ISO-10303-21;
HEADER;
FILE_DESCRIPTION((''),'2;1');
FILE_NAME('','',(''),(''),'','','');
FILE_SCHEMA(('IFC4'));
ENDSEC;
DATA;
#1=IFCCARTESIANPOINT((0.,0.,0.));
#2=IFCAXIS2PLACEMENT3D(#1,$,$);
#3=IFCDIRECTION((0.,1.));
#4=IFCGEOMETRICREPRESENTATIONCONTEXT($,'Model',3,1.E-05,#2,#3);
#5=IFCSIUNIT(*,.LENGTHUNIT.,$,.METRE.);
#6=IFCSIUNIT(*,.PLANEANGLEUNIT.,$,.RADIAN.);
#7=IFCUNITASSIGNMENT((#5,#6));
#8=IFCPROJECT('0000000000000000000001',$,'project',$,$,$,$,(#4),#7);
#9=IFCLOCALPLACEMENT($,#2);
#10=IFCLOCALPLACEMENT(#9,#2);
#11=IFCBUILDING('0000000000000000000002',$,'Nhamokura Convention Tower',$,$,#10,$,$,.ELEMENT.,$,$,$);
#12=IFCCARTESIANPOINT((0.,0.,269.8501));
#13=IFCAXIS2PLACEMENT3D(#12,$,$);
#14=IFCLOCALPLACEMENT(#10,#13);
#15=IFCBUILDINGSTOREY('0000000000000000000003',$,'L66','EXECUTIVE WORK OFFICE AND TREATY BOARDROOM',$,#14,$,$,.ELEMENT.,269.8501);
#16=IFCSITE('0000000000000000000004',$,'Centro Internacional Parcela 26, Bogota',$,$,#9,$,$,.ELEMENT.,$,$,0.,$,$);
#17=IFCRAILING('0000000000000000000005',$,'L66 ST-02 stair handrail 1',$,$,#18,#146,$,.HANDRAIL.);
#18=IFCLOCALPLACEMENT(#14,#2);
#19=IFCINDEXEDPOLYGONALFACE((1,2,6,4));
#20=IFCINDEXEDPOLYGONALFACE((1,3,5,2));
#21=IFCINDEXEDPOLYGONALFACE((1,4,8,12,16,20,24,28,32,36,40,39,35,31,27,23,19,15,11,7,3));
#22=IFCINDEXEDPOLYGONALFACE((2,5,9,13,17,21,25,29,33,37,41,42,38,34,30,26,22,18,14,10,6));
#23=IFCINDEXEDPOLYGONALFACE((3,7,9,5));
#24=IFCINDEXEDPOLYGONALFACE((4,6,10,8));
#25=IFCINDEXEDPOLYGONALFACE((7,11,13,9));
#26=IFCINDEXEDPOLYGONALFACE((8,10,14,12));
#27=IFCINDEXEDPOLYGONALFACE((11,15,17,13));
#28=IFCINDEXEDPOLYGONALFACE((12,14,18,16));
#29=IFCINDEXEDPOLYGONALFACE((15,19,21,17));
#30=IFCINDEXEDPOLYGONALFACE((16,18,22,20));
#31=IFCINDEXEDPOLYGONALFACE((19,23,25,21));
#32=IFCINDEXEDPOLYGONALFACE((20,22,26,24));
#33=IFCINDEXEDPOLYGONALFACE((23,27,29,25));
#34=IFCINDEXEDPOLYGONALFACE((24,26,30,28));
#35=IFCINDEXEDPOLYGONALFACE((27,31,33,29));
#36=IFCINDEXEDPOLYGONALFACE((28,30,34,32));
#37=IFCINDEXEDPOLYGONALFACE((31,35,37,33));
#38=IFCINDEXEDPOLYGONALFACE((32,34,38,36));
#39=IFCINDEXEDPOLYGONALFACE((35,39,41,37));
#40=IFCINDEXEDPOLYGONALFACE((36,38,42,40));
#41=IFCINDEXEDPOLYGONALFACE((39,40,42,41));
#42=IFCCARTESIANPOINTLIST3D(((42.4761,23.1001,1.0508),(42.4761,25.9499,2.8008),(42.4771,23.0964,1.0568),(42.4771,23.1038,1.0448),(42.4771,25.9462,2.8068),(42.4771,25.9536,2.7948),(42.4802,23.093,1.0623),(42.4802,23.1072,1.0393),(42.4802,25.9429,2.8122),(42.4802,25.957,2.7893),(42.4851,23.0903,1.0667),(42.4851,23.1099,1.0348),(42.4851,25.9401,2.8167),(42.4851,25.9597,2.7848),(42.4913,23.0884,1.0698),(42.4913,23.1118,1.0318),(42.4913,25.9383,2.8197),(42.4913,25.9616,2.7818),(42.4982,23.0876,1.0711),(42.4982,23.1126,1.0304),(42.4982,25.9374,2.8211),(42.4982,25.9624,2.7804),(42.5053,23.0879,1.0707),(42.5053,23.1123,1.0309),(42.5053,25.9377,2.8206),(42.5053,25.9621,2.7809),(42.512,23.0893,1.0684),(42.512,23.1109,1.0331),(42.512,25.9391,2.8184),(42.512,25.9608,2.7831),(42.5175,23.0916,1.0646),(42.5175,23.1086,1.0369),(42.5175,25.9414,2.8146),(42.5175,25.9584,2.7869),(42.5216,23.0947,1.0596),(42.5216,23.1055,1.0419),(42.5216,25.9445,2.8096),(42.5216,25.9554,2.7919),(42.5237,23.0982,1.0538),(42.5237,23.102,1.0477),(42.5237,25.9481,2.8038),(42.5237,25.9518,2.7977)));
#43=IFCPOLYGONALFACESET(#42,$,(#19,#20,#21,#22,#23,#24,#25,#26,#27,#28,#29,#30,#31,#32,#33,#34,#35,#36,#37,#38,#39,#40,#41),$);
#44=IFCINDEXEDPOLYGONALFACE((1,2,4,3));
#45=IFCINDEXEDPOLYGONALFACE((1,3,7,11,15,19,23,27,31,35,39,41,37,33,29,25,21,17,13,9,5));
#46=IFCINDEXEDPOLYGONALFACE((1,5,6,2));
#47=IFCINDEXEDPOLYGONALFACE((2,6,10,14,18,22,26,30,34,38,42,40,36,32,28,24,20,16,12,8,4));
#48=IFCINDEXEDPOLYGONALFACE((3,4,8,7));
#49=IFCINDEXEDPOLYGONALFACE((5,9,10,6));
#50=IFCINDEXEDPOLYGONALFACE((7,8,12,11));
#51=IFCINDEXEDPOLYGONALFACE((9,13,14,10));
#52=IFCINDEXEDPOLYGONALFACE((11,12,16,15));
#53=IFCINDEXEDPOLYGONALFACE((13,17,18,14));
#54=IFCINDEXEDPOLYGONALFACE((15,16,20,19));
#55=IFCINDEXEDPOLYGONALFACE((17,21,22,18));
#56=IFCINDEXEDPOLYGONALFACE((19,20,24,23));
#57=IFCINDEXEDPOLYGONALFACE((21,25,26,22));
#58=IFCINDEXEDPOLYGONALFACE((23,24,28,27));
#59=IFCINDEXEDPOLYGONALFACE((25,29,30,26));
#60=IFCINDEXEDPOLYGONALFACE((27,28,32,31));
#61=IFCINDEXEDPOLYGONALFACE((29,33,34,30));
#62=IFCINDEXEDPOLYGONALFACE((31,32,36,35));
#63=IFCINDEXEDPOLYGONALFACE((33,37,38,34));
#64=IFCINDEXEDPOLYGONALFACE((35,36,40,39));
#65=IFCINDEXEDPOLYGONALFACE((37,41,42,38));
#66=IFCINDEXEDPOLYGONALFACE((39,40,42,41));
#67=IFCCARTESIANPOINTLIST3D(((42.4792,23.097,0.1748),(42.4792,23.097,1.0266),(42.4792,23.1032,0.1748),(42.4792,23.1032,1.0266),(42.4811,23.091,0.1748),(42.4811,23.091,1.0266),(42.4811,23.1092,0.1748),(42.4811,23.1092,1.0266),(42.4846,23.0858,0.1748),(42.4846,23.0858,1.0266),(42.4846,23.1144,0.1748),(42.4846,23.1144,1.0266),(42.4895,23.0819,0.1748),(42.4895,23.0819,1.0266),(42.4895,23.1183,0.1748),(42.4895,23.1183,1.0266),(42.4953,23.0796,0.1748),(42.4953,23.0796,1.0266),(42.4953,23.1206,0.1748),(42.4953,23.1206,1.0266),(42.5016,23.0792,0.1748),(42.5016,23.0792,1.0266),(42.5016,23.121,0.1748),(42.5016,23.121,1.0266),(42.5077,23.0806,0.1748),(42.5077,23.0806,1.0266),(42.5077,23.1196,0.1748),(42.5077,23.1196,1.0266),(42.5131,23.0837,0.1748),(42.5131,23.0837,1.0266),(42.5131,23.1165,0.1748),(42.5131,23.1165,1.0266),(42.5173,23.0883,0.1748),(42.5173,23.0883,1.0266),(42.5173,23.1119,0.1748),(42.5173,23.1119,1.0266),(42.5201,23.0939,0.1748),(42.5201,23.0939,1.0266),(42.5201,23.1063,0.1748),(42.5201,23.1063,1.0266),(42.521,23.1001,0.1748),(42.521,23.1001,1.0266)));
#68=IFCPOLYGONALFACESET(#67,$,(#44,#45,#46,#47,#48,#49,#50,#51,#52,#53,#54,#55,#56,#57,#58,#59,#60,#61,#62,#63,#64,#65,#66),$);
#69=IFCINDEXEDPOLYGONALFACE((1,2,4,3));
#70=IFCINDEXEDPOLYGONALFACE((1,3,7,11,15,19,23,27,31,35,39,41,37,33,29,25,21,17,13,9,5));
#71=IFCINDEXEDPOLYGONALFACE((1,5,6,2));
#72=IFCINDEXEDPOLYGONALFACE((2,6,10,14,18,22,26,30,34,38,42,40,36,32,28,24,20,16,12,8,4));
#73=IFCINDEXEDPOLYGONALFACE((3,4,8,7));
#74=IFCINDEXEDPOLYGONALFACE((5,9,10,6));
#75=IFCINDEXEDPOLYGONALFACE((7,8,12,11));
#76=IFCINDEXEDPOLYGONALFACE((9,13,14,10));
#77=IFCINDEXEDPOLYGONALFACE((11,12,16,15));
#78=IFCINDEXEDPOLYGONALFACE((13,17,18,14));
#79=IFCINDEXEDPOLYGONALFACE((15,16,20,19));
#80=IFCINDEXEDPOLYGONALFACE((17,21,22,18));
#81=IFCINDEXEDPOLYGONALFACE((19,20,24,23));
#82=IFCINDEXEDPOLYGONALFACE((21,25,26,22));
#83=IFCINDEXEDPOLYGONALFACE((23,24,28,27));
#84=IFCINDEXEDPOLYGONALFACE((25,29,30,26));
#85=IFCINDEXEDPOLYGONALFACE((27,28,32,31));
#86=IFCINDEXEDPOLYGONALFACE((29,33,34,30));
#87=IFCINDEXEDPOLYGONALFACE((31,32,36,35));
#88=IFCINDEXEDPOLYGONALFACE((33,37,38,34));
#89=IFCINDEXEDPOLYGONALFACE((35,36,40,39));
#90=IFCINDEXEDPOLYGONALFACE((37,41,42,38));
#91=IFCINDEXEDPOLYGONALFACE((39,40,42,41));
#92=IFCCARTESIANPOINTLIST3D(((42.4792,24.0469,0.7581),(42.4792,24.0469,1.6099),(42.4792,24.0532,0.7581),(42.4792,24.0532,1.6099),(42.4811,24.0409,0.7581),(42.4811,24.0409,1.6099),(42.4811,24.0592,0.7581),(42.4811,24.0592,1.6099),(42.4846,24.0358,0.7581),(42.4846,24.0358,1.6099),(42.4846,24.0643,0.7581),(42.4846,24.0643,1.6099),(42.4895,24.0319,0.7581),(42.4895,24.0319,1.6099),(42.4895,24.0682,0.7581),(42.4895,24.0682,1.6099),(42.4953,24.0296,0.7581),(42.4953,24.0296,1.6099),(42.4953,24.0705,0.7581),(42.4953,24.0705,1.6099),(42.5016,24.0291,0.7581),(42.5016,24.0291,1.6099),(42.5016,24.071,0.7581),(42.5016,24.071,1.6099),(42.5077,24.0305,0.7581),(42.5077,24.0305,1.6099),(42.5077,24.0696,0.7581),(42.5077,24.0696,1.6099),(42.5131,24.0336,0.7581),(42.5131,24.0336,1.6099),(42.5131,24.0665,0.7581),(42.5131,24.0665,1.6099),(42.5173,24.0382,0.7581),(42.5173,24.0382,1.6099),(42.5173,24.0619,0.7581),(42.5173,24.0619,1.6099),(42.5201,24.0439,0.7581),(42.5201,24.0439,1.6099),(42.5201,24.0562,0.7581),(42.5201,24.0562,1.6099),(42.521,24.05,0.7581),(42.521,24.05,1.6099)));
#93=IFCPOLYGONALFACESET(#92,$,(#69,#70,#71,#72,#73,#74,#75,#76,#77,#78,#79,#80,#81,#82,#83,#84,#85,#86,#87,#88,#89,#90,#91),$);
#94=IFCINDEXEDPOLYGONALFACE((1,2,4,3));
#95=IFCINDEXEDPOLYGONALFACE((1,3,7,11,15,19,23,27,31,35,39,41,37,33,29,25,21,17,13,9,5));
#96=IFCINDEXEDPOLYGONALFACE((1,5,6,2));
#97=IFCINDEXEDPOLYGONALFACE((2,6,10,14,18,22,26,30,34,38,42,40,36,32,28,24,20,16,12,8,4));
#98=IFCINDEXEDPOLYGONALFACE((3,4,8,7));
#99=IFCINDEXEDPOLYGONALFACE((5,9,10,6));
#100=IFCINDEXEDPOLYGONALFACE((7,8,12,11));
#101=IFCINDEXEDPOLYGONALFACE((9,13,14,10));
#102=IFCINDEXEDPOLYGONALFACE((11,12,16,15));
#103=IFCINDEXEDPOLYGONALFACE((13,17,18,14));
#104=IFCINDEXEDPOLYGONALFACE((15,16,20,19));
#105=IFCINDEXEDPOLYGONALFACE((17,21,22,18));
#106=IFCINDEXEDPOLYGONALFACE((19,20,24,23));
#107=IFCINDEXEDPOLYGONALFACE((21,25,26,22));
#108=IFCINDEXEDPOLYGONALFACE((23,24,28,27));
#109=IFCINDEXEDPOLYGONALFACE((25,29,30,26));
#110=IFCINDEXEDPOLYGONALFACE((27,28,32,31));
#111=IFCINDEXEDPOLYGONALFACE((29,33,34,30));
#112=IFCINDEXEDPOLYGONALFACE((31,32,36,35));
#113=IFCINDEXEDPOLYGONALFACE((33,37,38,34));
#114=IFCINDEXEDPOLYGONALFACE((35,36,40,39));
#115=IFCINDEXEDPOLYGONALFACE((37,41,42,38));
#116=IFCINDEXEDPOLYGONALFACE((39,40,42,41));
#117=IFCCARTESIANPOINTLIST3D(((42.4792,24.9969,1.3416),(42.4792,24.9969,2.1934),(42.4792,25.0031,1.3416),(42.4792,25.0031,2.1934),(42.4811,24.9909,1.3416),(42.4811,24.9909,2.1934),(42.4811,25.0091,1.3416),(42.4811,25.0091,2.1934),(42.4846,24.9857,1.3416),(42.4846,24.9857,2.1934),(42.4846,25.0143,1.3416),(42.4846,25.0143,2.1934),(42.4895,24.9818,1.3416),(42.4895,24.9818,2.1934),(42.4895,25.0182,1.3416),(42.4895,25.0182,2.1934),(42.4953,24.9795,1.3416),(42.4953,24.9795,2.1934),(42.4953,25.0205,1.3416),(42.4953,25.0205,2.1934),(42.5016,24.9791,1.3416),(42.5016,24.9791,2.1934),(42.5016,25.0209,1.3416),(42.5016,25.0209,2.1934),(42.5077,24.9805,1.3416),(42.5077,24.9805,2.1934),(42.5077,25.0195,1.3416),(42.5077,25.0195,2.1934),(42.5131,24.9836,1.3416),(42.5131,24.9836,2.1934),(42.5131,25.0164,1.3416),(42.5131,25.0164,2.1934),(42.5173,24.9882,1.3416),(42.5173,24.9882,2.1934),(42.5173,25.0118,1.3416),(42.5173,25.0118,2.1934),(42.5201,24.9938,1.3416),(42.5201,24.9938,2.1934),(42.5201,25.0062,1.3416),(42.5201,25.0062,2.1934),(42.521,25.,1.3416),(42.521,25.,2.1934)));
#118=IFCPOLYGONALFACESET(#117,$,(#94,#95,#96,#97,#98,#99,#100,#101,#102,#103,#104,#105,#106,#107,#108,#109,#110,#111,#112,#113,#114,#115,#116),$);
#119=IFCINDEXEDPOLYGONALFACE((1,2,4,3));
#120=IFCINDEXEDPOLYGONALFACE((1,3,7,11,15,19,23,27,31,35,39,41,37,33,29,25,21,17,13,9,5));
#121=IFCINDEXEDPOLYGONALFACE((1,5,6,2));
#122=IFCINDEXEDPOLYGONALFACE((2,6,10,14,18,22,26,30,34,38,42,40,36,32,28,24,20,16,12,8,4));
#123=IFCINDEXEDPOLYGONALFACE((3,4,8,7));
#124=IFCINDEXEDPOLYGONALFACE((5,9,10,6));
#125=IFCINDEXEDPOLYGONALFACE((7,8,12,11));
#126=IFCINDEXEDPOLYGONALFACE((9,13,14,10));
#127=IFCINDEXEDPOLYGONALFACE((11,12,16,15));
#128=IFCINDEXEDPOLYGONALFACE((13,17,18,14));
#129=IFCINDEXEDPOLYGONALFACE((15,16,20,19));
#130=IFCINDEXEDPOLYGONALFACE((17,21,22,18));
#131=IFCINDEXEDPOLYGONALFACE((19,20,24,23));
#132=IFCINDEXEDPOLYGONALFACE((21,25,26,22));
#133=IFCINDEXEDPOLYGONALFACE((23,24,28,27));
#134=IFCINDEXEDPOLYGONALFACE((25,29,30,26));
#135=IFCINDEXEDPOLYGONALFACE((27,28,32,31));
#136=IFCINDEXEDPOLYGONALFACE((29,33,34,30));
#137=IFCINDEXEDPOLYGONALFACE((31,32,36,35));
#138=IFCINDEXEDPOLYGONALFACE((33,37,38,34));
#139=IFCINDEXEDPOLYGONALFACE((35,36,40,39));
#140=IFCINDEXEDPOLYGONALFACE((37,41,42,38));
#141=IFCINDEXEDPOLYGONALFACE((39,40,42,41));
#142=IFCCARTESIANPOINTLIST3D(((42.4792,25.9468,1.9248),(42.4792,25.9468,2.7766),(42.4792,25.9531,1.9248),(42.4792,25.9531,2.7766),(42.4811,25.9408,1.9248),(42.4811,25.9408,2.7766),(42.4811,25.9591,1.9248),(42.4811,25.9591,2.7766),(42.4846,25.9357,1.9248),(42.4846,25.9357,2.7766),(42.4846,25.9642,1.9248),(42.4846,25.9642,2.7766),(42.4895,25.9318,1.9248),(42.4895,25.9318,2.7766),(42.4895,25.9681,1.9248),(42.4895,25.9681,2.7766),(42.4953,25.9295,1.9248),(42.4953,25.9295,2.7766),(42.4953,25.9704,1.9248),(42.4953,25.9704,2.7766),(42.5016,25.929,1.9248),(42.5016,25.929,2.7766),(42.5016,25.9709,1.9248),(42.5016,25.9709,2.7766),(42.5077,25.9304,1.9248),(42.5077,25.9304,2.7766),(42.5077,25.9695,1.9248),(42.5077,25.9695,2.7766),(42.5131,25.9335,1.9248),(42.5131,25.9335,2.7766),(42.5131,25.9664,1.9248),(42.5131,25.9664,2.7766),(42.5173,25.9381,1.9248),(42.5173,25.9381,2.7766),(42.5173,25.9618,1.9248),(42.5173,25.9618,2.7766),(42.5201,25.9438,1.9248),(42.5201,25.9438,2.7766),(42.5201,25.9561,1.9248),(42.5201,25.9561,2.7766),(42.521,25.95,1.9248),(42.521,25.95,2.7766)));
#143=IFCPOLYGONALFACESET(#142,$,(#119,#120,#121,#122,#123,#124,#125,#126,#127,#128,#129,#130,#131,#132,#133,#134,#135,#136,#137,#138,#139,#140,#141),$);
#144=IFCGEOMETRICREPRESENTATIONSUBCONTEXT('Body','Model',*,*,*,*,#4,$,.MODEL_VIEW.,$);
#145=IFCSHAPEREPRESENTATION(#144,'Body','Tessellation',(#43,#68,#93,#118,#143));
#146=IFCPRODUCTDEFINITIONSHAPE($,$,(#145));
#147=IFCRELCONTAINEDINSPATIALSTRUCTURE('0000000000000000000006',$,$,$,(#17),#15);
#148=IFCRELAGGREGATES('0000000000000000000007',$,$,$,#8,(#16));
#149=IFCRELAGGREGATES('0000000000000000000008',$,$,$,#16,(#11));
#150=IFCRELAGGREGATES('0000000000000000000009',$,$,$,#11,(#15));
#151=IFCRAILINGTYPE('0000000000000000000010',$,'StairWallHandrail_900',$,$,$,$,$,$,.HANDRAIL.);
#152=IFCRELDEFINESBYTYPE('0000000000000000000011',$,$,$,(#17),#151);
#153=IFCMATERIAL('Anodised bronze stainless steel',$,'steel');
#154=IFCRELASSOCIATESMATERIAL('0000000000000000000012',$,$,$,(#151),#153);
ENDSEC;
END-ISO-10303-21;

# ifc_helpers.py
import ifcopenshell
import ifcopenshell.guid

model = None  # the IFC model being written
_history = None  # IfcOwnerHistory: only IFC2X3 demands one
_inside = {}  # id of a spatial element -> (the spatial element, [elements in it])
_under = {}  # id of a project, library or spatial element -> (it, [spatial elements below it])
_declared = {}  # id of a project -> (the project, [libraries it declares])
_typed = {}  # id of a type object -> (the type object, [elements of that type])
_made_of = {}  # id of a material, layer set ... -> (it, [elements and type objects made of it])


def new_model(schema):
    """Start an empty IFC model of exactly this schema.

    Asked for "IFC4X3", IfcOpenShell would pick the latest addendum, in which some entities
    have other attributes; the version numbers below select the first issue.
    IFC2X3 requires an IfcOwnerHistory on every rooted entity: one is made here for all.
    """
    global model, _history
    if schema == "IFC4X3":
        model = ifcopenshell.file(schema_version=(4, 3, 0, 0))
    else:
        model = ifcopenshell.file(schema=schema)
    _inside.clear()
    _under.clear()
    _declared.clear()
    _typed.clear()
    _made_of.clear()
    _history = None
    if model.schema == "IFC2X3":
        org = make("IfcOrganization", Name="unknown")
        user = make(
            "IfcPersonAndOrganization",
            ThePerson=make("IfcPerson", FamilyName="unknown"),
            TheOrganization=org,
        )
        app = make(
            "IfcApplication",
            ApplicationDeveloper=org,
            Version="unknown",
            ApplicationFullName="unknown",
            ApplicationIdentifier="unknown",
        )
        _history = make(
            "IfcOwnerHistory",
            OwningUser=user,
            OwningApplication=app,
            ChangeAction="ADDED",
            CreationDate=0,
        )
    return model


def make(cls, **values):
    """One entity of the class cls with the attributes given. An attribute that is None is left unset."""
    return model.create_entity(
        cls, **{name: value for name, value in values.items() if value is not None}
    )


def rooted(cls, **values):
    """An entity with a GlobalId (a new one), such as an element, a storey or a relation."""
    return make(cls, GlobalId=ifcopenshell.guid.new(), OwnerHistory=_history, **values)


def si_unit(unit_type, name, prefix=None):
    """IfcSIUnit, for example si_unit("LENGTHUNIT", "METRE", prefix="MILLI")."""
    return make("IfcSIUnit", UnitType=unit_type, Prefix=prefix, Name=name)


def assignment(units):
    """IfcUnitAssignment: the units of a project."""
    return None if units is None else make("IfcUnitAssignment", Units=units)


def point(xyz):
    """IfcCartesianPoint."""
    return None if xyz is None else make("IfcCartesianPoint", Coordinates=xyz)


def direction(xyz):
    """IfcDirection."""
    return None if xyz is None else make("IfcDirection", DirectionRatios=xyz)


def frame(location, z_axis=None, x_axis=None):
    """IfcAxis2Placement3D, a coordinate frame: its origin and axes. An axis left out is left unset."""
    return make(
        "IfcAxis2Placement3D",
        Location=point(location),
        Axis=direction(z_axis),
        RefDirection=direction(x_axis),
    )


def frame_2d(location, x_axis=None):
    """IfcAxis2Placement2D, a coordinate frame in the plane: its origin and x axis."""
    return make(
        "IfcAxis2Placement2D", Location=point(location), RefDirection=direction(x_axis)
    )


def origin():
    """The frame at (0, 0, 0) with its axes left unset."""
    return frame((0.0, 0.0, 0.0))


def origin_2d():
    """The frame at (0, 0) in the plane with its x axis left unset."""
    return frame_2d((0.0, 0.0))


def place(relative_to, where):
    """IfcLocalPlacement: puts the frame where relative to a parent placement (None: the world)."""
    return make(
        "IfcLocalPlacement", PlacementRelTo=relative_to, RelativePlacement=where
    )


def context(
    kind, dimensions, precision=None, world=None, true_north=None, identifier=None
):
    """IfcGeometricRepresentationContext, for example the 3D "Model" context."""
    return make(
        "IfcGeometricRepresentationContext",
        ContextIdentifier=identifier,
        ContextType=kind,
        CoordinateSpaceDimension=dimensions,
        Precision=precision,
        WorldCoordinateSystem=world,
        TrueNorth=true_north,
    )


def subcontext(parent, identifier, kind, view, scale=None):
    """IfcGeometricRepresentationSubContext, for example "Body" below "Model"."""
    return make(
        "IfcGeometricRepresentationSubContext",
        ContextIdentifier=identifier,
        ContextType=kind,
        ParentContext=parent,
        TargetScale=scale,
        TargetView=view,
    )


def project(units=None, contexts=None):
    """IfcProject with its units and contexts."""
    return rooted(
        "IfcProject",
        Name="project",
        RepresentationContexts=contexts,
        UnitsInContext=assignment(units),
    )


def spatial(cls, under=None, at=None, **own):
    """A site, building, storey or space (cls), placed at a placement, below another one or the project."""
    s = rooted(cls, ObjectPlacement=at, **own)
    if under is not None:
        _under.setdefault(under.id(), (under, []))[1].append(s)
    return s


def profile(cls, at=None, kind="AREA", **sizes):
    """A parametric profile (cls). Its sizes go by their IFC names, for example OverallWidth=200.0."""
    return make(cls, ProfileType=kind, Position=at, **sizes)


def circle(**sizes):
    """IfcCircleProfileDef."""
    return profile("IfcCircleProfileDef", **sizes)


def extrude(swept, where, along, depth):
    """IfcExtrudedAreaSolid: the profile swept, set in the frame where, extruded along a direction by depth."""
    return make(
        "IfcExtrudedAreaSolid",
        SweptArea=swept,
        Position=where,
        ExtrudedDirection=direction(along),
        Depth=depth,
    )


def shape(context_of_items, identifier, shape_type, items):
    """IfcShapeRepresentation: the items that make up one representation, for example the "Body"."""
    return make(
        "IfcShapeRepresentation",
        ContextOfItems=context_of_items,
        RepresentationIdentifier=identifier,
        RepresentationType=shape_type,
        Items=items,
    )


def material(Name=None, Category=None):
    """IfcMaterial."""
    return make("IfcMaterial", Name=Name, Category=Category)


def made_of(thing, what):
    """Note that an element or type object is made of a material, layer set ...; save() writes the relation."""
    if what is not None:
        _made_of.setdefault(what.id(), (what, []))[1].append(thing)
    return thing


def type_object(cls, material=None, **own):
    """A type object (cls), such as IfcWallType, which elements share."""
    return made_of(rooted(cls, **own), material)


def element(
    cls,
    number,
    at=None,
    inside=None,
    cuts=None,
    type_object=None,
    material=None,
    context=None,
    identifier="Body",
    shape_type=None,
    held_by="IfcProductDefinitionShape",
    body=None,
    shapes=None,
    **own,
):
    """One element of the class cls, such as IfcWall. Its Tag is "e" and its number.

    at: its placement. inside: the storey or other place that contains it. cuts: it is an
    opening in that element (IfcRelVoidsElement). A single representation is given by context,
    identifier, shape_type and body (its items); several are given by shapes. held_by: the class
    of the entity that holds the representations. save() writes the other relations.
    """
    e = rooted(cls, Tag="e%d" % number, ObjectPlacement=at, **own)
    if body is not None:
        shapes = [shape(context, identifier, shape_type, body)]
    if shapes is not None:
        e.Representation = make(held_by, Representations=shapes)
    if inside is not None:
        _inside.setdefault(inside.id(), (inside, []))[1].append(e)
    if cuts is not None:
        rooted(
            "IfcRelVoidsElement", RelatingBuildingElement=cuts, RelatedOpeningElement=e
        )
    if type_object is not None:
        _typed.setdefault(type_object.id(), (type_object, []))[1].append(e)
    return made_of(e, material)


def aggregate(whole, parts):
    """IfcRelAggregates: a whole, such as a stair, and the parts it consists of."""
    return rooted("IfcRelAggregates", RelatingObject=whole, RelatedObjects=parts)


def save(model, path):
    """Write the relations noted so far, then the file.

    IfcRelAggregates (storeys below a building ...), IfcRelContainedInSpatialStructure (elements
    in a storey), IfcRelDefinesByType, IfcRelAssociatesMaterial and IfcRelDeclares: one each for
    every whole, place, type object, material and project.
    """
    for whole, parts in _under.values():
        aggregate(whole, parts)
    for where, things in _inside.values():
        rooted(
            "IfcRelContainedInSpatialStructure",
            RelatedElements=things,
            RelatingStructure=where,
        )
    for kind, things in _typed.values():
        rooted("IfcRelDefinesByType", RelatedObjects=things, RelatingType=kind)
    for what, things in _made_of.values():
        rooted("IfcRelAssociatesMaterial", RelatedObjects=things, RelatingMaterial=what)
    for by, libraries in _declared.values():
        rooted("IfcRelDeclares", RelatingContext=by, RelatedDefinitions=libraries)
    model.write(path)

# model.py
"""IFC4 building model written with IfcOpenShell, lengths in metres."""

from ifc_helpers import new_model, si_unit, direction, frame, origin, origin_2d, place, context, subcontext, project, spatial, circle, extrude, material, type_object, element, save


model = new_model("IFC4")

# Units and contexts
model_context = context("Model", 3, precision=1e-05, world=origin(), true_north=direction((0.0, 1.0)))
body_context = subcontext(model_context, "Body", "Model", "MODEL_VIEW")
ifc_project = project(units=[si_unit("LENGTHUNIT", "METRE"), si_unit("PLANEANGLEUNIT", "RADIAN")], contexts=[model_context])

# Site, building, storey
site_placement = place(None, origin())
site = spatial("IfcSite", under=ifc_project, at=site_placement, Name="Centro Internacional Parcela 26, Bogota", CompositionType="ELEMENT", RefElevation=0.0)
building_placement = place(site_placement, origin())
building = spatial("IfcBuilding", under=site, at=building_placement, Name="Nhamokura Convention Tower", CompositionType="ELEMENT")
storey_placement = place(building_placement, frame((0.0, 0.0, 269.8501)))
storey = spatial("IfcBuildingStorey", under=building, at=storey_placement, Name="L66", Description="EXECUTIVE WORK OFFICE AND TREATY BOARDROOM", CompositionType="ELEMENT", Elevation=269.8501)

# Railing
ifc_material_1 = material(Name="Anodised bronze stainless steel", Category="steel")
railing_type_1 = type_object("IfcRailingType", Name="StairWallHandrail_900", PredefinedType="HANDRAIL", material=ifc_material_1)
railing_1_placement = place(storey_placement, frame((42.5, 23.1001, 0.1748)))
element("IfcRailing", 1, at=railing_1_placement, inside=storey, type_object=railing_type_1, Name="L66 ST-02 stair handrail 1", PredefinedType="HANDRAIL", context=body_context, shape_type="SweptSolid", body=[
    extrude(circle(Radius=0.0239, at=origin_2d()), frame((0.0, 0.0, 0.876), z_axis=(0.0, 0.852159, 0.523283), x_axis=(-1.0, 0.0, 0.0)), (0.0, 0.0, 1.0), 3.3442),
    extrude(circle(Radius=0.021, at=origin_2d()), origin(), (0.0, 0.0, 1.0), 0.8518),
    extrude(circle(Radius=0.021, at=origin_2d()), frame((0.0, 0.95, 0.5833)), (0.0, 0.0, 1.0), 0.8518),
    extrude(circle(Radius=0.021, at=origin_2d()), frame((0.0, 1.8999, 1.1667)), (0.0, 0.0, 1.0), 0.8518),
    extrude(circle(Radius=0.021, at=origin_2d()), frame((0.0, 2.8499, 1.75)), (0.0, 0.0, 1.0), 0.8518),
])

save(model, "model.ifc")
